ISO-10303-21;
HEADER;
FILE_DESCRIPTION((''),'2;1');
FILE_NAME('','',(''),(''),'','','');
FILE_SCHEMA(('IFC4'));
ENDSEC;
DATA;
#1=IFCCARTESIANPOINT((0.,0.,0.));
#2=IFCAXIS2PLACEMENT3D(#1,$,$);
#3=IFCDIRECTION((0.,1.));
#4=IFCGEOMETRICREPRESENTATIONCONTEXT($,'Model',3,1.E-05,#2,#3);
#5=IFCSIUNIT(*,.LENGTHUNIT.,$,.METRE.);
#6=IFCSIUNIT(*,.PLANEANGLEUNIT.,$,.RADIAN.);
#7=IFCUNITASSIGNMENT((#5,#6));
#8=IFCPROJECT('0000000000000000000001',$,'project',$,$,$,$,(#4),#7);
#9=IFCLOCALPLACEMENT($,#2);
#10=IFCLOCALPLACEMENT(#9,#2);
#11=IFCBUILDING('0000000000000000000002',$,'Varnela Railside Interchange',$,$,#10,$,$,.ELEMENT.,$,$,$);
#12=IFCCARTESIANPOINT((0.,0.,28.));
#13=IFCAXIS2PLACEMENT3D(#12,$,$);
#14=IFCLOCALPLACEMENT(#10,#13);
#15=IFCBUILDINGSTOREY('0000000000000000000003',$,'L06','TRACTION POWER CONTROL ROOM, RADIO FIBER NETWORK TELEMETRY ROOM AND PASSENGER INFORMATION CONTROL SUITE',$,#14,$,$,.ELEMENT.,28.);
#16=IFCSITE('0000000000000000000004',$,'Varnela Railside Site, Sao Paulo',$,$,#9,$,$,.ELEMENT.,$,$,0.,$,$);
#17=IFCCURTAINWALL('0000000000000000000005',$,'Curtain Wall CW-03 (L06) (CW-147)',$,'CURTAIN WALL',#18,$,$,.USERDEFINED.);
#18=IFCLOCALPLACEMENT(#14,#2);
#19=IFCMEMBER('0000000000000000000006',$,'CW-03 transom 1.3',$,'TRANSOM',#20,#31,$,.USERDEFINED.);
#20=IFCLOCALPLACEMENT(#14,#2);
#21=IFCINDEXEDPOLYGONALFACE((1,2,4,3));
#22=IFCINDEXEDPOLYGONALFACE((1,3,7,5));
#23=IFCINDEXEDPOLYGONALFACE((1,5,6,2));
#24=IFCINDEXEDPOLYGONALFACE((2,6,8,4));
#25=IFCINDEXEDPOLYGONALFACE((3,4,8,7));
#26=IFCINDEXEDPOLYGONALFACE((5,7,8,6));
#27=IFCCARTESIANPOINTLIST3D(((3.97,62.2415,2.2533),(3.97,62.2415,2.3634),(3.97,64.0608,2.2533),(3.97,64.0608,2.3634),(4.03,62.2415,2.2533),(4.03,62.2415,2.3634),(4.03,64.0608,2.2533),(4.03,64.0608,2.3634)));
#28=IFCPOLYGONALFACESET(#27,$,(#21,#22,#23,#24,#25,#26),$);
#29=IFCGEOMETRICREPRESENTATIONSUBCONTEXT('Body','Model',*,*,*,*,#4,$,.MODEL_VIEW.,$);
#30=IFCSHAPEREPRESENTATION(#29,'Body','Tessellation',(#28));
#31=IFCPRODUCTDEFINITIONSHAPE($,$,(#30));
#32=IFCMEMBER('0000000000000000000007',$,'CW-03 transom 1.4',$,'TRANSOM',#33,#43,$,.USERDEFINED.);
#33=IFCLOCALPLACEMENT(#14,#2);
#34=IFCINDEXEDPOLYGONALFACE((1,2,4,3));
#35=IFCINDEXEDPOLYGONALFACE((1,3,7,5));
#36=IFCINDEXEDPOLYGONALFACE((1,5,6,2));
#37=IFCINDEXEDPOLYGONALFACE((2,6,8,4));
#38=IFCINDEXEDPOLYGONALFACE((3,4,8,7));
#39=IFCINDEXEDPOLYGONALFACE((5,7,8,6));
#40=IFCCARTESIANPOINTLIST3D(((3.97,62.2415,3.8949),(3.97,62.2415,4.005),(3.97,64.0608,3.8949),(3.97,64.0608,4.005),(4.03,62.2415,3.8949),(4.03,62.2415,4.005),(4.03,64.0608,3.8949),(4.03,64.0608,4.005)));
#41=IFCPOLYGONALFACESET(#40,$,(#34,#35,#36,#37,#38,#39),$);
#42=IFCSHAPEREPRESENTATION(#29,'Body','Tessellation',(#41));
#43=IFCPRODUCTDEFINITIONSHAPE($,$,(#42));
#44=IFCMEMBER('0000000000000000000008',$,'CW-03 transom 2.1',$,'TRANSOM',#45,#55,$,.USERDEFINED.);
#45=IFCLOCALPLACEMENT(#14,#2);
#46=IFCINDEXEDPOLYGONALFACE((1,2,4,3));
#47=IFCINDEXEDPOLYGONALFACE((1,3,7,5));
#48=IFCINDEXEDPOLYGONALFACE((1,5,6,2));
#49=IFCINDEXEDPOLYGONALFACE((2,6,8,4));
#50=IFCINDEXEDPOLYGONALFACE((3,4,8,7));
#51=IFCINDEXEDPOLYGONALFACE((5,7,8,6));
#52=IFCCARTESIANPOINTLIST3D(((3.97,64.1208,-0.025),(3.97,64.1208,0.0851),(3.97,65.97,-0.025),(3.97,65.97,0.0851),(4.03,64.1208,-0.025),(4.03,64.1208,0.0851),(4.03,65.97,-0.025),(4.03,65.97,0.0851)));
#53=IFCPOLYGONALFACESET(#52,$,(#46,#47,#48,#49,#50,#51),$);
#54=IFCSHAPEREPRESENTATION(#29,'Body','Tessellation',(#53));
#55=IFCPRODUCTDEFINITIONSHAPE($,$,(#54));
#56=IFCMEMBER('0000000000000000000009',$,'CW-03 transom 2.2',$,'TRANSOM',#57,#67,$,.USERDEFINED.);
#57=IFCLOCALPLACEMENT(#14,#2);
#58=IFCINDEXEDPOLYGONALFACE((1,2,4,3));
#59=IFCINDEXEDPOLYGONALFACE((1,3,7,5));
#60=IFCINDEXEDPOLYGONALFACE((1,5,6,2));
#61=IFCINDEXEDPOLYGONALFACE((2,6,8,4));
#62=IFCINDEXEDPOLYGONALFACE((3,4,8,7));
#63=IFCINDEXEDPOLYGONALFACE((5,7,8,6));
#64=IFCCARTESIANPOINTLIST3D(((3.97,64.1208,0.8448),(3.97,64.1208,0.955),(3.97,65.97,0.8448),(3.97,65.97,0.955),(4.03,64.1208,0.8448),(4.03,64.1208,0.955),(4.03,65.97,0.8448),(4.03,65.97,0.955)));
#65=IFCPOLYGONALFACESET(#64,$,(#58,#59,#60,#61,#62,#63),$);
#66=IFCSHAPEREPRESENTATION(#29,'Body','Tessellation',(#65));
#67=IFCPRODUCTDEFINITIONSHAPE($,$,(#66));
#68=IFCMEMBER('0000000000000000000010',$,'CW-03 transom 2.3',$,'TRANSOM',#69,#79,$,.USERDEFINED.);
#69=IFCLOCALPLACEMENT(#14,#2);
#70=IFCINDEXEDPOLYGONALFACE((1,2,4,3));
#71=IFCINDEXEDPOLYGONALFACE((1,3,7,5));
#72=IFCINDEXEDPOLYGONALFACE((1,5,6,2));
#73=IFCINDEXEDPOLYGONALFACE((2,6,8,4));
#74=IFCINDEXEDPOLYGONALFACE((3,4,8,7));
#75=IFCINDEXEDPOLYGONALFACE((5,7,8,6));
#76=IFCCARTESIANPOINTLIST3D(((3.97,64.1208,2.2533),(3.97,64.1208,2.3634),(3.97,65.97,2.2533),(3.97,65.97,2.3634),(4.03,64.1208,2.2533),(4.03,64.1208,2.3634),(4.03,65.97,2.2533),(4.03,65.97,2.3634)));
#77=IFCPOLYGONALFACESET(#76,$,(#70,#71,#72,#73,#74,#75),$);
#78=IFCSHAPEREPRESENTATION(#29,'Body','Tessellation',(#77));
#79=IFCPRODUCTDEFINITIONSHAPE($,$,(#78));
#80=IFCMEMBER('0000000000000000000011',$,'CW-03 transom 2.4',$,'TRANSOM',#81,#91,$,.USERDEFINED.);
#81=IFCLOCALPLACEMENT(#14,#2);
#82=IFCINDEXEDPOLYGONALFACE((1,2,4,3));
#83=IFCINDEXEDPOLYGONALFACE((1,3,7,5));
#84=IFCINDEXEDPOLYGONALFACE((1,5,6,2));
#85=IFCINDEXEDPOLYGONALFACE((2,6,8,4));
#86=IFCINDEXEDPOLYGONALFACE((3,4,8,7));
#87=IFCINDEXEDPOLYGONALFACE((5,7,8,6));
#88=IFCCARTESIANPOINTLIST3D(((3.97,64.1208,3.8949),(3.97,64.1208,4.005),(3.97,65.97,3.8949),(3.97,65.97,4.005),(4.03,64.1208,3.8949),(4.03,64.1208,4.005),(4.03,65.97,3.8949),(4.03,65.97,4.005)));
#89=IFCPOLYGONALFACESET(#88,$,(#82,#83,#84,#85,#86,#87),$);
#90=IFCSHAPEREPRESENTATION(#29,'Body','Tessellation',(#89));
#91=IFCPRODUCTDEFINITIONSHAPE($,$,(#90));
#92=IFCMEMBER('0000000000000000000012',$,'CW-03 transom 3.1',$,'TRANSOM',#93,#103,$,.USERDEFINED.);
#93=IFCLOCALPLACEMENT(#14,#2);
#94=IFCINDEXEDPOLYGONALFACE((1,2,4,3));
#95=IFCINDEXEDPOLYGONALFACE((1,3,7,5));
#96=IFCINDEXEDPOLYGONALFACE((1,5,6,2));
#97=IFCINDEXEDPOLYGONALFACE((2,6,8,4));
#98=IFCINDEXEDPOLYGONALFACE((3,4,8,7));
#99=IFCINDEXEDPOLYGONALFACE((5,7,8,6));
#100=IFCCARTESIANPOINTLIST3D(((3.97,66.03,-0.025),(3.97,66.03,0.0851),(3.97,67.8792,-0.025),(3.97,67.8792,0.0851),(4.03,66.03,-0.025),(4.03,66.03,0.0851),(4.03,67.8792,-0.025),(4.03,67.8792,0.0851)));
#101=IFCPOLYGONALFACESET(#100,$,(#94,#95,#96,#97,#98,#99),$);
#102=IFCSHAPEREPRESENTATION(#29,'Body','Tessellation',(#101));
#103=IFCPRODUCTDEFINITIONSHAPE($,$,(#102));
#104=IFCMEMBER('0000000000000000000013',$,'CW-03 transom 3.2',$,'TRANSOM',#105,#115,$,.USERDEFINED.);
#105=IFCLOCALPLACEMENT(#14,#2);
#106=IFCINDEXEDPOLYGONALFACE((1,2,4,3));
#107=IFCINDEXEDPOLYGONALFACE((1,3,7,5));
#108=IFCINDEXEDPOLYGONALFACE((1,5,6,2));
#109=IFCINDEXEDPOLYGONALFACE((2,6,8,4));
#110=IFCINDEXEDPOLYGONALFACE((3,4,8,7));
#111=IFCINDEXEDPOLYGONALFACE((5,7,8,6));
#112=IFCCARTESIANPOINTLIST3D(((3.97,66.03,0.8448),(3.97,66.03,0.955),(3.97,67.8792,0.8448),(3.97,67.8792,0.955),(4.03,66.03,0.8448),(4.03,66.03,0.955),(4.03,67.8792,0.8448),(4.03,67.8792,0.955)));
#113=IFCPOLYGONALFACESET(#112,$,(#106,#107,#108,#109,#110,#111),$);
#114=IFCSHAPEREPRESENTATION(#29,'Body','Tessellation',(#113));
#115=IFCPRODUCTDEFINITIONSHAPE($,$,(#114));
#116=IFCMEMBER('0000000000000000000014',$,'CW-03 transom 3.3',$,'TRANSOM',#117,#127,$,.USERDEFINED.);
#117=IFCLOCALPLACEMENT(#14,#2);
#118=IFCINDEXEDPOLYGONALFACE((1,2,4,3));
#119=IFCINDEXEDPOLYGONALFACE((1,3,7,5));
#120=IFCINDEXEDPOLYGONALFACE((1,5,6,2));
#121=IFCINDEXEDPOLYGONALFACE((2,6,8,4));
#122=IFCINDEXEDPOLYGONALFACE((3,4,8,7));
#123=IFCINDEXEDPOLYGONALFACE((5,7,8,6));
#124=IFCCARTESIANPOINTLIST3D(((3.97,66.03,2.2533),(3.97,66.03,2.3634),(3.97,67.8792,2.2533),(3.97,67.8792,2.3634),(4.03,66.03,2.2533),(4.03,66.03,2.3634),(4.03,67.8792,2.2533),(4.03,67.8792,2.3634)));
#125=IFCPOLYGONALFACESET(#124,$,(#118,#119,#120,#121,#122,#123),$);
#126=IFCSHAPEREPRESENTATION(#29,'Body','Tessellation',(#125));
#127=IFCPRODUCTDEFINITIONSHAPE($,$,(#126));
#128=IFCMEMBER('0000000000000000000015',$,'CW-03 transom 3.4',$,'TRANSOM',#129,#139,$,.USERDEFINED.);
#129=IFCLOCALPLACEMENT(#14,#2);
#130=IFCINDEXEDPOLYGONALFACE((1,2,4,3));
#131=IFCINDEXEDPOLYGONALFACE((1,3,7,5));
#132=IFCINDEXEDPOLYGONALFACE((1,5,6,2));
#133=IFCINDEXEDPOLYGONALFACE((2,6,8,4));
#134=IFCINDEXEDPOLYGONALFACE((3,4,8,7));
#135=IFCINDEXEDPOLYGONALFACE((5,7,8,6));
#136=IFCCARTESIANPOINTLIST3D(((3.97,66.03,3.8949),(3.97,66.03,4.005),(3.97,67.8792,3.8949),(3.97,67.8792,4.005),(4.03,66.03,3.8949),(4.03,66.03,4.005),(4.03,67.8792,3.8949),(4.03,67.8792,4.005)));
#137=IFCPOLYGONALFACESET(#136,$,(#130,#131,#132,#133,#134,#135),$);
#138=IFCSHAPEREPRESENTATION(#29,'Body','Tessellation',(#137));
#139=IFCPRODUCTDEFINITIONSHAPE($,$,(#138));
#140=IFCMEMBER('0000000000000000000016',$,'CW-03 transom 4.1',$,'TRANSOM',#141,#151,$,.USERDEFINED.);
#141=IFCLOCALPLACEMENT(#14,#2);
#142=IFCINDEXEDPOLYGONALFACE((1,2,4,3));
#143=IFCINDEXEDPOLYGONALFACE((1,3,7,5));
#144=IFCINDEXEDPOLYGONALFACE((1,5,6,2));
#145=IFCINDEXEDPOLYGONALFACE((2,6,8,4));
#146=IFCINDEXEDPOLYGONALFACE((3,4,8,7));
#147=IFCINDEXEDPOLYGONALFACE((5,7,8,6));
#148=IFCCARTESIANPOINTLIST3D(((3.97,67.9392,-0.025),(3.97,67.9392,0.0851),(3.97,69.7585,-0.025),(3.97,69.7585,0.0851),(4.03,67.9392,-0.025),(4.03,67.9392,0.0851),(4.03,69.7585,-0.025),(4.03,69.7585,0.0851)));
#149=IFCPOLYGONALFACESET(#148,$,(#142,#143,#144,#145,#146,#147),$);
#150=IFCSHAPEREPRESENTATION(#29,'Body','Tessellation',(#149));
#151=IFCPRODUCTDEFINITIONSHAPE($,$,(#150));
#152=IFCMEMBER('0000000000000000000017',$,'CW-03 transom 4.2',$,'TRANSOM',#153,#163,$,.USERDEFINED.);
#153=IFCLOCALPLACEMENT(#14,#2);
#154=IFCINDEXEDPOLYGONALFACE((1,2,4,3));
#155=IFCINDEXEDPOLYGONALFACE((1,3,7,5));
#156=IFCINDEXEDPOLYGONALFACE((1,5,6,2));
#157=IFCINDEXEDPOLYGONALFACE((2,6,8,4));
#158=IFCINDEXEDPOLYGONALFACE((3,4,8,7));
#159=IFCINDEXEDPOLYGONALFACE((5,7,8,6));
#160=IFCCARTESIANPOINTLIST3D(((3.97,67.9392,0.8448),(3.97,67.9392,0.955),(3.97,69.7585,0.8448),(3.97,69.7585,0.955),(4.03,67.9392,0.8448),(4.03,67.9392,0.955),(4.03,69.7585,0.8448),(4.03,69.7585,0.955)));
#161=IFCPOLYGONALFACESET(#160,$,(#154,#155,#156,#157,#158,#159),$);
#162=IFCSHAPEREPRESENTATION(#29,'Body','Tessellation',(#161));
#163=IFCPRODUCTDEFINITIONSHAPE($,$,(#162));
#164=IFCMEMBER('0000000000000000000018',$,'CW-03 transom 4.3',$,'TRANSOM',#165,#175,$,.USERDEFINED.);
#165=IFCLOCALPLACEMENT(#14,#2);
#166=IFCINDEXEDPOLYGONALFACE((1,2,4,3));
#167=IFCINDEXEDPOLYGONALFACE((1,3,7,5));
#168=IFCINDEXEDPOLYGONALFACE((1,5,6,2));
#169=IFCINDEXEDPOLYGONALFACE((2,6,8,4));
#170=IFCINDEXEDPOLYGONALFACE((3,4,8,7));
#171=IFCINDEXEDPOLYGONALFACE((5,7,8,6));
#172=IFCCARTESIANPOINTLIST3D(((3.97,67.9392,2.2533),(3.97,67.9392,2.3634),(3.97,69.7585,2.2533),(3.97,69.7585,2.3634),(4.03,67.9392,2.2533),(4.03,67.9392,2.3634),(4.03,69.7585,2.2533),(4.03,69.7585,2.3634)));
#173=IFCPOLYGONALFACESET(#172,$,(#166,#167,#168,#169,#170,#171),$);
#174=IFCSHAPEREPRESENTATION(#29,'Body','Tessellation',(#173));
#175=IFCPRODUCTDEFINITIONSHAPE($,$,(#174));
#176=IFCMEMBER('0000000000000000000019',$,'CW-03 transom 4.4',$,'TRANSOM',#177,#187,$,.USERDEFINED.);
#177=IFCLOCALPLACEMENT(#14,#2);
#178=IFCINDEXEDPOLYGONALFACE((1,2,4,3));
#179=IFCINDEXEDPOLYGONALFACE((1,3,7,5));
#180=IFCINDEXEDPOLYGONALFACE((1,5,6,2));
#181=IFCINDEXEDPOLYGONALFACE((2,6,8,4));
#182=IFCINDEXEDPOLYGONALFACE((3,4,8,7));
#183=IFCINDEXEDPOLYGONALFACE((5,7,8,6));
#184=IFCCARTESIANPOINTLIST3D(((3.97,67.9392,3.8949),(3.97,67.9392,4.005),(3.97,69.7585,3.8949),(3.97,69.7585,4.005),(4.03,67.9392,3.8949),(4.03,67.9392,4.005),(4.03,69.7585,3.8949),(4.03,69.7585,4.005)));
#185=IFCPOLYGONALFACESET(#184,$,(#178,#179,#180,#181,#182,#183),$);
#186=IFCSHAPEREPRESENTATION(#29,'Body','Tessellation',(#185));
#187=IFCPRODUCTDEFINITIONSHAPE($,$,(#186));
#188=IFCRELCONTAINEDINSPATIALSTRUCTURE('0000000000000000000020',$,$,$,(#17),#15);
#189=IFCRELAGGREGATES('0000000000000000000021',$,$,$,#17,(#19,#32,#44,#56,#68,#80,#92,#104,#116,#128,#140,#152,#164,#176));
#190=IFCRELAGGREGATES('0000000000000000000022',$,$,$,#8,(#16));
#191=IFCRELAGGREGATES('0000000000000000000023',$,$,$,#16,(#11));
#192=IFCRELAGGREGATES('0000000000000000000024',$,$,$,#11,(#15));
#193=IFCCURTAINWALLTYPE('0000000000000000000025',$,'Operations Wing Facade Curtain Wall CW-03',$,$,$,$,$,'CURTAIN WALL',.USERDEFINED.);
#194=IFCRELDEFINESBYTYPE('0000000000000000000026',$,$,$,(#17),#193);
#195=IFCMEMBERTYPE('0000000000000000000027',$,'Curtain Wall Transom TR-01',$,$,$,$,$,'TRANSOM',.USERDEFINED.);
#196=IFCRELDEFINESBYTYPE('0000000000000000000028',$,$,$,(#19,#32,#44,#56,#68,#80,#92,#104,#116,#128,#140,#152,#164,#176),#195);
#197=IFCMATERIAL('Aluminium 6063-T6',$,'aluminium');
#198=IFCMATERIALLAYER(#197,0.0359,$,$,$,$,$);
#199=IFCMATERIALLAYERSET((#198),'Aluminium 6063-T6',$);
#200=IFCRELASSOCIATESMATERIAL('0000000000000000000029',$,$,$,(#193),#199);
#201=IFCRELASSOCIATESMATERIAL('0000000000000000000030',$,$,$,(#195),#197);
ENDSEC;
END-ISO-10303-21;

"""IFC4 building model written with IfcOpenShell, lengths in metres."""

from ifc_helpers import new_model, si_unit, direction, frame, origin, origin_2d, place, context, subcontext, project, spatial, rectangle, extrude, material, layer, layer_set, material_profile, profile_set, type_object, element, aggregate, save


model = new_model("IFC4")

# Units and contexts
model_context = context("Model", 3, precision=1e-05, world=origin(), true_north=direction((0.0, 1.0)))
body_context = subcontext(model_context, "Body", "Model", "MODEL_VIEW")
ifc_project = project(units=[si_unit("LENGTHUNIT", "METRE"), si_unit("PLANEANGLEUNIT", "RADIAN")], contexts=[model_context])

# Site, building, storey
site_placement = place(None, origin())
site = spatial("IfcSite", under=ifc_project, at=site_placement, Name="Varnela Railside Site, Sao Paulo", CompositionType="ELEMENT", RefElevation=0.0)
building_placement = place(site_placement, origin())
building = spatial("IfcBuilding", under=site, at=building_placement, Name="Varnela Railside Interchange", CompositionType="ELEMENT")
storey_placement = place(building_placement, frame((0.0, 0.0, 28.0)))
storey = spatial("IfcBuildingStorey", under=building, at=storey_placement, Name="L06", Description="TRACTION POWER CONTROL ROOM, RADIO FIBER NETWORK TELEMETRY ROOM AND PASSENGER INFORMATION CONTROL SUITE", CompositionType="ELEMENT", Elevation=28.0)

# Curtain wall, members
ifc_material_1 = material(Name="Aluminium 6063-T6", Category="aluminium")
ifc_layer_1 = layer(ifc_material_1, 0.0359)
ifc_layer_set_1 = layer_set([ifc_layer_1], Name="Aluminium 6063-T6")
curtain_wall_type = type_object("IfcCurtainWallType", Name="Operations Wing Facade Curtain Wall CW-03", ElementType="CURTAIN WALL", PredefinedType="USERDEFINED", material=ifc_layer_set_1)
curtain_wall_placement = place(storey_placement, origin())
curtain_wall = element("IfcCurtainWall", 1, at=curtain_wall_placement, inside=storey, type_object=curtain_wall_type, Name="Curtain Wall CW-03 (L06) (CW-147)", ObjectType="CURTAIN WALL", PredefinedType="USERDEFINED")
ifc_material_profile_1 = material_profile(ifc_material_1, rectangle(XDim=0.0601, YDim=0.1101, at=origin_2d()), Name="ALU 60x110")
ifc_profile_set_1 = profile_set([ifc_material_profile_1], Name="Aluminium 6063-T6")
member_type_1 = type_object("IfcMemberType", Name="Curtain Wall Transom TR-01", ElementType="TRANSOM", PredefinedType="USERDEFINED", material=ifc_profile_set_1)
member_1_placement = place(storey_placement, frame((4.0, 62.2415, 2.3083), z_axis=(0.0, 1.0, 0.0), x_axis=(-1.0, 0.0, 0.0)))
member_1 = element("IfcMember", 2, at=member_1_placement, type_object=member_type_1, Name="CW-03 transom 1.3", ObjectType="TRANSOM", PredefinedType="USERDEFINED", context=body_context, shape_type="SweptSolid", body=[
    extrude(rectangle(XDim=0.0601, YDim=0.1101, at=origin_2d()), origin(), (0.0, 0.0, 1.0), 1.8193),
])
member_2_placement = place(storey_placement, frame((4.0, 62.2415, 3.95), z_axis=(0.0, 1.0, 0.0), x_axis=(-1.0, 0.0, 0.0)))
member_2 = element("IfcMember", 3, at=member_2_placement, type_object=member_type_1, Name="CW-03 transom 1.4", ObjectType="TRANSOM", PredefinedType="USERDEFINED", context=body_context, shape_type="SweptSolid", body=[
    extrude(rectangle(XDim=0.0601, YDim=0.1101, at=origin_2d()), origin(), (0.0, 0.0, 1.0), 1.8193),
])
member_3_placement = place(storey_placement, frame((4.0, 64.1208, 0.03), z_axis=(0.0, 1.0, 0.0), x_axis=(-1.0, 0.0, 0.0)))
member_3 = element("IfcMember", 4, at=member_3_placement, type_object=member_type_1, Name="CW-03 transom 2.1", ObjectType="TRANSOM", PredefinedType="USERDEFINED", context=body_context, shape_type="SweptSolid", body=[
    extrude(rectangle(XDim=0.0601, YDim=0.1101, at=origin_2d()), origin(), (0.0, 0.0, 1.0), 1.8491),
])
member_4_placement = place(storey_placement, frame((4.0, 64.1208, 0.8999), z_axis=(0.0, 1.0, 0.0), x_axis=(-1.0, 0.0, 0.0)))
member_4 = element("IfcMember", 5, at=member_4_placement, type_object=member_type_1, Name="CW-03 transom 2.2", ObjectType="TRANSOM", PredefinedType="USERDEFINED", context=body_context, shape_type="SweptSolid", body=[
    extrude(rectangle(XDim=0.0601, YDim=0.1101, at=origin_2d()), origin(), (0.0, 0.0, 1.0), 1.8491),
])
member_5_placement = place(storey_placement, frame((4.0, 64.1208, 2.3083), z_axis=(0.0, 1.0, 0.0), x_axis=(-1.0, 0.0, 0.0)))
member_5 = element("IfcMember", 6, at=member_5_placement, type_object=member_type_1, Name="CW-03 transom 2.3", ObjectType="TRANSOM", PredefinedType="USERDEFINED", context=body_context, shape_type="SweptSolid", body=[
    extrude(rectangle(XDim=0.0601, YDim=0.1101, at=origin_2d()), origin(), (0.0, 0.0, 1.0), 1.8491),
])
member_6_placement = place(storey_placement, frame((4.0, 64.1208, 3.95), z_axis=(0.0, 1.0, 0.0), x_axis=(-1.0, 0.0, 0.0)))
member_6 = element("IfcMember", 7, at=member_6_placement, type_object=member_type_1, Name="CW-03 transom 2.4", ObjectType="TRANSOM", PredefinedType="USERDEFINED", context=body_context, shape_type="SweptSolid", body=[
    extrude(rectangle(XDim=0.0601, YDim=0.1101, at=origin_2d()), origin(), (0.0, 0.0, 1.0), 1.8491),
])
member_7_placement = place(storey_placement, frame((4.0, 66.03, 0.03), z_axis=(0.0, 1.0, 0.0), x_axis=(-1.0, 0.0, 0.0)))
member_7 = element("IfcMember", 8, at=member_7_placement, type_object=member_type_1, Name="CW-03 transom 3.1", ObjectType="TRANSOM", PredefinedType="USERDEFINED", context=body_context, shape_type="SweptSolid", body=[
    extrude(rectangle(XDim=0.0601, YDim=0.1101, at=origin_2d()), origin(), (0.0, 0.0, 1.0), 1.8491),
])
member_8_placement = place(storey_placement, frame((4.0, 66.03, 0.8999), z_axis=(0.0, 1.0, 0.0), x_axis=(-1.0, 0.0, 0.0)))
member_8 = element("IfcMember", 9, at=member_8_placement, type_object=member_type_1, Name="CW-03 transom 3.2", ObjectType="TRANSOM", PredefinedType="USERDEFINED", context=body_context, shape_type="SweptSolid", body=[
    extrude(rectangle(XDim=0.0601, YDim=0.1101, at=origin_2d()), origin(), (0.0, 0.0, 1.0), 1.8491),
])
member_9_placement = place(storey_placement, frame((4.0, 66.03, 2.3083), z_axis=(0.0, 1.0, 0.0), x_axis=(-1.0, 0.0, 0.0)))
member_9 = element("IfcMember", 10, at=member_9_placement, type_object=member_type_1, Name="CW-03 transom 3.3", ObjectType="TRANSOM", PredefinedType="USERDEFINED", context=body_context, shape_type="SweptSolid", body=[
    extrude(rectangle(XDim=0.0601, YDim=0.1101, at=origin_2d()), origin(), (0.0, 0.0, 1.0), 1.8491),
])
member_10_placement = place(storey_placement, frame((4.0, 66.03, 3.95), z_axis=(0.0, 1.0, 0.0), x_axis=(-1.0, 0.0, 0.0)))
member_10 = element("IfcMember", 11, at=member_10_placement, type_object=member_type_1, Name="CW-03 transom 3.4", ObjectType="TRANSOM", PredefinedType="USERDEFINED", context=body_context, shape_type="SweptSolid", body=[
    extrude(rectangle(XDim=0.0601, YDim=0.1101, at=origin_2d()), origin(), (0.0, 0.0, 1.0), 1.8491),
])
member_11_placement = place(storey_placement, frame((4.0, 67.9392, 0.03), z_axis=(0.0, 1.0, 0.0), x_axis=(-1.0, 0.0, 0.0)))
member_11 = element("IfcMember", 12, at=member_11_placement, type_object=member_type_1, Name="CW-03 transom 4.1", ObjectType="TRANSOM", PredefinedType="USERDEFINED", context=body_context, shape_type="SweptSolid", body=[
    extrude(rectangle(XDim=0.0601, YDim=0.1101, at=origin_2d()), origin(), (0.0, 0.0, 1.0), 1.8193),
])
member_12_placement = place(storey_placement, frame((4.0, 67.9392, 0.8999), z_axis=(0.0, 1.0, 0.0), x_axis=(-1.0, 0.0, 0.0)))
member_12 = element("IfcMember", 13, at=member_12_placement, type_object=member_type_1, Name="CW-03 transom 4.2", ObjectType="TRANSOM", PredefinedType="USERDEFINED", context=body_context, shape_type="SweptSolid", body=[
    extrude(rectangle(XDim=0.0601, YDim=0.1101, at=origin_2d()), origin(), (0.0, 0.0, 1.0), 1.8193),
])
member_13_placement = place(storey_placement, frame((4.0, 67.9392, 2.3083), z_axis=(0.0, 1.0, 0.0), x_axis=(-1.0, 0.0, 0.0)))
member_13 = element("IfcMember", 14, at=member_13_placement, type_object=member_type_1, Name="CW-03 transom 4.3", ObjectType="TRANSOM", PredefinedType="USERDEFINED", context=body_context, shape_type="SweptSolid", body=[
    extrude(rectangle(XDim=0.0601, YDim=0.1101, at=origin_2d()), origin(), (0.0, 0.0, 1.0), 1.8193),
])
member_14_placement = place(storey_placement, frame((4.0, 67.9392, 3.95), z_axis=(0.0, 1.0, 0.0), x_axis=(-1.0, 0.0, 0.0)))
member_14 = element("IfcMember", 15, at=member_14_placement, type_object=member_type_1, Name="CW-03 transom 4.4", ObjectType="TRANSOM", PredefinedType="USERDEFINED", context=body_context, shape_type="SweptSolid", body=[
    extrude(rectangle(XDim=0.0601, YDim=0.1101, at=origin_2d()), origin(), (0.0, 0.0, 1.0), 1.8193),
])

aggregate(curtain_wall, [member_1, member_2, member_3, member_4, member_5, member_6, member_7, member_8, member_9, member_10, member_11, member_12, member_13, member_14])

save(model, "model.ifc")
